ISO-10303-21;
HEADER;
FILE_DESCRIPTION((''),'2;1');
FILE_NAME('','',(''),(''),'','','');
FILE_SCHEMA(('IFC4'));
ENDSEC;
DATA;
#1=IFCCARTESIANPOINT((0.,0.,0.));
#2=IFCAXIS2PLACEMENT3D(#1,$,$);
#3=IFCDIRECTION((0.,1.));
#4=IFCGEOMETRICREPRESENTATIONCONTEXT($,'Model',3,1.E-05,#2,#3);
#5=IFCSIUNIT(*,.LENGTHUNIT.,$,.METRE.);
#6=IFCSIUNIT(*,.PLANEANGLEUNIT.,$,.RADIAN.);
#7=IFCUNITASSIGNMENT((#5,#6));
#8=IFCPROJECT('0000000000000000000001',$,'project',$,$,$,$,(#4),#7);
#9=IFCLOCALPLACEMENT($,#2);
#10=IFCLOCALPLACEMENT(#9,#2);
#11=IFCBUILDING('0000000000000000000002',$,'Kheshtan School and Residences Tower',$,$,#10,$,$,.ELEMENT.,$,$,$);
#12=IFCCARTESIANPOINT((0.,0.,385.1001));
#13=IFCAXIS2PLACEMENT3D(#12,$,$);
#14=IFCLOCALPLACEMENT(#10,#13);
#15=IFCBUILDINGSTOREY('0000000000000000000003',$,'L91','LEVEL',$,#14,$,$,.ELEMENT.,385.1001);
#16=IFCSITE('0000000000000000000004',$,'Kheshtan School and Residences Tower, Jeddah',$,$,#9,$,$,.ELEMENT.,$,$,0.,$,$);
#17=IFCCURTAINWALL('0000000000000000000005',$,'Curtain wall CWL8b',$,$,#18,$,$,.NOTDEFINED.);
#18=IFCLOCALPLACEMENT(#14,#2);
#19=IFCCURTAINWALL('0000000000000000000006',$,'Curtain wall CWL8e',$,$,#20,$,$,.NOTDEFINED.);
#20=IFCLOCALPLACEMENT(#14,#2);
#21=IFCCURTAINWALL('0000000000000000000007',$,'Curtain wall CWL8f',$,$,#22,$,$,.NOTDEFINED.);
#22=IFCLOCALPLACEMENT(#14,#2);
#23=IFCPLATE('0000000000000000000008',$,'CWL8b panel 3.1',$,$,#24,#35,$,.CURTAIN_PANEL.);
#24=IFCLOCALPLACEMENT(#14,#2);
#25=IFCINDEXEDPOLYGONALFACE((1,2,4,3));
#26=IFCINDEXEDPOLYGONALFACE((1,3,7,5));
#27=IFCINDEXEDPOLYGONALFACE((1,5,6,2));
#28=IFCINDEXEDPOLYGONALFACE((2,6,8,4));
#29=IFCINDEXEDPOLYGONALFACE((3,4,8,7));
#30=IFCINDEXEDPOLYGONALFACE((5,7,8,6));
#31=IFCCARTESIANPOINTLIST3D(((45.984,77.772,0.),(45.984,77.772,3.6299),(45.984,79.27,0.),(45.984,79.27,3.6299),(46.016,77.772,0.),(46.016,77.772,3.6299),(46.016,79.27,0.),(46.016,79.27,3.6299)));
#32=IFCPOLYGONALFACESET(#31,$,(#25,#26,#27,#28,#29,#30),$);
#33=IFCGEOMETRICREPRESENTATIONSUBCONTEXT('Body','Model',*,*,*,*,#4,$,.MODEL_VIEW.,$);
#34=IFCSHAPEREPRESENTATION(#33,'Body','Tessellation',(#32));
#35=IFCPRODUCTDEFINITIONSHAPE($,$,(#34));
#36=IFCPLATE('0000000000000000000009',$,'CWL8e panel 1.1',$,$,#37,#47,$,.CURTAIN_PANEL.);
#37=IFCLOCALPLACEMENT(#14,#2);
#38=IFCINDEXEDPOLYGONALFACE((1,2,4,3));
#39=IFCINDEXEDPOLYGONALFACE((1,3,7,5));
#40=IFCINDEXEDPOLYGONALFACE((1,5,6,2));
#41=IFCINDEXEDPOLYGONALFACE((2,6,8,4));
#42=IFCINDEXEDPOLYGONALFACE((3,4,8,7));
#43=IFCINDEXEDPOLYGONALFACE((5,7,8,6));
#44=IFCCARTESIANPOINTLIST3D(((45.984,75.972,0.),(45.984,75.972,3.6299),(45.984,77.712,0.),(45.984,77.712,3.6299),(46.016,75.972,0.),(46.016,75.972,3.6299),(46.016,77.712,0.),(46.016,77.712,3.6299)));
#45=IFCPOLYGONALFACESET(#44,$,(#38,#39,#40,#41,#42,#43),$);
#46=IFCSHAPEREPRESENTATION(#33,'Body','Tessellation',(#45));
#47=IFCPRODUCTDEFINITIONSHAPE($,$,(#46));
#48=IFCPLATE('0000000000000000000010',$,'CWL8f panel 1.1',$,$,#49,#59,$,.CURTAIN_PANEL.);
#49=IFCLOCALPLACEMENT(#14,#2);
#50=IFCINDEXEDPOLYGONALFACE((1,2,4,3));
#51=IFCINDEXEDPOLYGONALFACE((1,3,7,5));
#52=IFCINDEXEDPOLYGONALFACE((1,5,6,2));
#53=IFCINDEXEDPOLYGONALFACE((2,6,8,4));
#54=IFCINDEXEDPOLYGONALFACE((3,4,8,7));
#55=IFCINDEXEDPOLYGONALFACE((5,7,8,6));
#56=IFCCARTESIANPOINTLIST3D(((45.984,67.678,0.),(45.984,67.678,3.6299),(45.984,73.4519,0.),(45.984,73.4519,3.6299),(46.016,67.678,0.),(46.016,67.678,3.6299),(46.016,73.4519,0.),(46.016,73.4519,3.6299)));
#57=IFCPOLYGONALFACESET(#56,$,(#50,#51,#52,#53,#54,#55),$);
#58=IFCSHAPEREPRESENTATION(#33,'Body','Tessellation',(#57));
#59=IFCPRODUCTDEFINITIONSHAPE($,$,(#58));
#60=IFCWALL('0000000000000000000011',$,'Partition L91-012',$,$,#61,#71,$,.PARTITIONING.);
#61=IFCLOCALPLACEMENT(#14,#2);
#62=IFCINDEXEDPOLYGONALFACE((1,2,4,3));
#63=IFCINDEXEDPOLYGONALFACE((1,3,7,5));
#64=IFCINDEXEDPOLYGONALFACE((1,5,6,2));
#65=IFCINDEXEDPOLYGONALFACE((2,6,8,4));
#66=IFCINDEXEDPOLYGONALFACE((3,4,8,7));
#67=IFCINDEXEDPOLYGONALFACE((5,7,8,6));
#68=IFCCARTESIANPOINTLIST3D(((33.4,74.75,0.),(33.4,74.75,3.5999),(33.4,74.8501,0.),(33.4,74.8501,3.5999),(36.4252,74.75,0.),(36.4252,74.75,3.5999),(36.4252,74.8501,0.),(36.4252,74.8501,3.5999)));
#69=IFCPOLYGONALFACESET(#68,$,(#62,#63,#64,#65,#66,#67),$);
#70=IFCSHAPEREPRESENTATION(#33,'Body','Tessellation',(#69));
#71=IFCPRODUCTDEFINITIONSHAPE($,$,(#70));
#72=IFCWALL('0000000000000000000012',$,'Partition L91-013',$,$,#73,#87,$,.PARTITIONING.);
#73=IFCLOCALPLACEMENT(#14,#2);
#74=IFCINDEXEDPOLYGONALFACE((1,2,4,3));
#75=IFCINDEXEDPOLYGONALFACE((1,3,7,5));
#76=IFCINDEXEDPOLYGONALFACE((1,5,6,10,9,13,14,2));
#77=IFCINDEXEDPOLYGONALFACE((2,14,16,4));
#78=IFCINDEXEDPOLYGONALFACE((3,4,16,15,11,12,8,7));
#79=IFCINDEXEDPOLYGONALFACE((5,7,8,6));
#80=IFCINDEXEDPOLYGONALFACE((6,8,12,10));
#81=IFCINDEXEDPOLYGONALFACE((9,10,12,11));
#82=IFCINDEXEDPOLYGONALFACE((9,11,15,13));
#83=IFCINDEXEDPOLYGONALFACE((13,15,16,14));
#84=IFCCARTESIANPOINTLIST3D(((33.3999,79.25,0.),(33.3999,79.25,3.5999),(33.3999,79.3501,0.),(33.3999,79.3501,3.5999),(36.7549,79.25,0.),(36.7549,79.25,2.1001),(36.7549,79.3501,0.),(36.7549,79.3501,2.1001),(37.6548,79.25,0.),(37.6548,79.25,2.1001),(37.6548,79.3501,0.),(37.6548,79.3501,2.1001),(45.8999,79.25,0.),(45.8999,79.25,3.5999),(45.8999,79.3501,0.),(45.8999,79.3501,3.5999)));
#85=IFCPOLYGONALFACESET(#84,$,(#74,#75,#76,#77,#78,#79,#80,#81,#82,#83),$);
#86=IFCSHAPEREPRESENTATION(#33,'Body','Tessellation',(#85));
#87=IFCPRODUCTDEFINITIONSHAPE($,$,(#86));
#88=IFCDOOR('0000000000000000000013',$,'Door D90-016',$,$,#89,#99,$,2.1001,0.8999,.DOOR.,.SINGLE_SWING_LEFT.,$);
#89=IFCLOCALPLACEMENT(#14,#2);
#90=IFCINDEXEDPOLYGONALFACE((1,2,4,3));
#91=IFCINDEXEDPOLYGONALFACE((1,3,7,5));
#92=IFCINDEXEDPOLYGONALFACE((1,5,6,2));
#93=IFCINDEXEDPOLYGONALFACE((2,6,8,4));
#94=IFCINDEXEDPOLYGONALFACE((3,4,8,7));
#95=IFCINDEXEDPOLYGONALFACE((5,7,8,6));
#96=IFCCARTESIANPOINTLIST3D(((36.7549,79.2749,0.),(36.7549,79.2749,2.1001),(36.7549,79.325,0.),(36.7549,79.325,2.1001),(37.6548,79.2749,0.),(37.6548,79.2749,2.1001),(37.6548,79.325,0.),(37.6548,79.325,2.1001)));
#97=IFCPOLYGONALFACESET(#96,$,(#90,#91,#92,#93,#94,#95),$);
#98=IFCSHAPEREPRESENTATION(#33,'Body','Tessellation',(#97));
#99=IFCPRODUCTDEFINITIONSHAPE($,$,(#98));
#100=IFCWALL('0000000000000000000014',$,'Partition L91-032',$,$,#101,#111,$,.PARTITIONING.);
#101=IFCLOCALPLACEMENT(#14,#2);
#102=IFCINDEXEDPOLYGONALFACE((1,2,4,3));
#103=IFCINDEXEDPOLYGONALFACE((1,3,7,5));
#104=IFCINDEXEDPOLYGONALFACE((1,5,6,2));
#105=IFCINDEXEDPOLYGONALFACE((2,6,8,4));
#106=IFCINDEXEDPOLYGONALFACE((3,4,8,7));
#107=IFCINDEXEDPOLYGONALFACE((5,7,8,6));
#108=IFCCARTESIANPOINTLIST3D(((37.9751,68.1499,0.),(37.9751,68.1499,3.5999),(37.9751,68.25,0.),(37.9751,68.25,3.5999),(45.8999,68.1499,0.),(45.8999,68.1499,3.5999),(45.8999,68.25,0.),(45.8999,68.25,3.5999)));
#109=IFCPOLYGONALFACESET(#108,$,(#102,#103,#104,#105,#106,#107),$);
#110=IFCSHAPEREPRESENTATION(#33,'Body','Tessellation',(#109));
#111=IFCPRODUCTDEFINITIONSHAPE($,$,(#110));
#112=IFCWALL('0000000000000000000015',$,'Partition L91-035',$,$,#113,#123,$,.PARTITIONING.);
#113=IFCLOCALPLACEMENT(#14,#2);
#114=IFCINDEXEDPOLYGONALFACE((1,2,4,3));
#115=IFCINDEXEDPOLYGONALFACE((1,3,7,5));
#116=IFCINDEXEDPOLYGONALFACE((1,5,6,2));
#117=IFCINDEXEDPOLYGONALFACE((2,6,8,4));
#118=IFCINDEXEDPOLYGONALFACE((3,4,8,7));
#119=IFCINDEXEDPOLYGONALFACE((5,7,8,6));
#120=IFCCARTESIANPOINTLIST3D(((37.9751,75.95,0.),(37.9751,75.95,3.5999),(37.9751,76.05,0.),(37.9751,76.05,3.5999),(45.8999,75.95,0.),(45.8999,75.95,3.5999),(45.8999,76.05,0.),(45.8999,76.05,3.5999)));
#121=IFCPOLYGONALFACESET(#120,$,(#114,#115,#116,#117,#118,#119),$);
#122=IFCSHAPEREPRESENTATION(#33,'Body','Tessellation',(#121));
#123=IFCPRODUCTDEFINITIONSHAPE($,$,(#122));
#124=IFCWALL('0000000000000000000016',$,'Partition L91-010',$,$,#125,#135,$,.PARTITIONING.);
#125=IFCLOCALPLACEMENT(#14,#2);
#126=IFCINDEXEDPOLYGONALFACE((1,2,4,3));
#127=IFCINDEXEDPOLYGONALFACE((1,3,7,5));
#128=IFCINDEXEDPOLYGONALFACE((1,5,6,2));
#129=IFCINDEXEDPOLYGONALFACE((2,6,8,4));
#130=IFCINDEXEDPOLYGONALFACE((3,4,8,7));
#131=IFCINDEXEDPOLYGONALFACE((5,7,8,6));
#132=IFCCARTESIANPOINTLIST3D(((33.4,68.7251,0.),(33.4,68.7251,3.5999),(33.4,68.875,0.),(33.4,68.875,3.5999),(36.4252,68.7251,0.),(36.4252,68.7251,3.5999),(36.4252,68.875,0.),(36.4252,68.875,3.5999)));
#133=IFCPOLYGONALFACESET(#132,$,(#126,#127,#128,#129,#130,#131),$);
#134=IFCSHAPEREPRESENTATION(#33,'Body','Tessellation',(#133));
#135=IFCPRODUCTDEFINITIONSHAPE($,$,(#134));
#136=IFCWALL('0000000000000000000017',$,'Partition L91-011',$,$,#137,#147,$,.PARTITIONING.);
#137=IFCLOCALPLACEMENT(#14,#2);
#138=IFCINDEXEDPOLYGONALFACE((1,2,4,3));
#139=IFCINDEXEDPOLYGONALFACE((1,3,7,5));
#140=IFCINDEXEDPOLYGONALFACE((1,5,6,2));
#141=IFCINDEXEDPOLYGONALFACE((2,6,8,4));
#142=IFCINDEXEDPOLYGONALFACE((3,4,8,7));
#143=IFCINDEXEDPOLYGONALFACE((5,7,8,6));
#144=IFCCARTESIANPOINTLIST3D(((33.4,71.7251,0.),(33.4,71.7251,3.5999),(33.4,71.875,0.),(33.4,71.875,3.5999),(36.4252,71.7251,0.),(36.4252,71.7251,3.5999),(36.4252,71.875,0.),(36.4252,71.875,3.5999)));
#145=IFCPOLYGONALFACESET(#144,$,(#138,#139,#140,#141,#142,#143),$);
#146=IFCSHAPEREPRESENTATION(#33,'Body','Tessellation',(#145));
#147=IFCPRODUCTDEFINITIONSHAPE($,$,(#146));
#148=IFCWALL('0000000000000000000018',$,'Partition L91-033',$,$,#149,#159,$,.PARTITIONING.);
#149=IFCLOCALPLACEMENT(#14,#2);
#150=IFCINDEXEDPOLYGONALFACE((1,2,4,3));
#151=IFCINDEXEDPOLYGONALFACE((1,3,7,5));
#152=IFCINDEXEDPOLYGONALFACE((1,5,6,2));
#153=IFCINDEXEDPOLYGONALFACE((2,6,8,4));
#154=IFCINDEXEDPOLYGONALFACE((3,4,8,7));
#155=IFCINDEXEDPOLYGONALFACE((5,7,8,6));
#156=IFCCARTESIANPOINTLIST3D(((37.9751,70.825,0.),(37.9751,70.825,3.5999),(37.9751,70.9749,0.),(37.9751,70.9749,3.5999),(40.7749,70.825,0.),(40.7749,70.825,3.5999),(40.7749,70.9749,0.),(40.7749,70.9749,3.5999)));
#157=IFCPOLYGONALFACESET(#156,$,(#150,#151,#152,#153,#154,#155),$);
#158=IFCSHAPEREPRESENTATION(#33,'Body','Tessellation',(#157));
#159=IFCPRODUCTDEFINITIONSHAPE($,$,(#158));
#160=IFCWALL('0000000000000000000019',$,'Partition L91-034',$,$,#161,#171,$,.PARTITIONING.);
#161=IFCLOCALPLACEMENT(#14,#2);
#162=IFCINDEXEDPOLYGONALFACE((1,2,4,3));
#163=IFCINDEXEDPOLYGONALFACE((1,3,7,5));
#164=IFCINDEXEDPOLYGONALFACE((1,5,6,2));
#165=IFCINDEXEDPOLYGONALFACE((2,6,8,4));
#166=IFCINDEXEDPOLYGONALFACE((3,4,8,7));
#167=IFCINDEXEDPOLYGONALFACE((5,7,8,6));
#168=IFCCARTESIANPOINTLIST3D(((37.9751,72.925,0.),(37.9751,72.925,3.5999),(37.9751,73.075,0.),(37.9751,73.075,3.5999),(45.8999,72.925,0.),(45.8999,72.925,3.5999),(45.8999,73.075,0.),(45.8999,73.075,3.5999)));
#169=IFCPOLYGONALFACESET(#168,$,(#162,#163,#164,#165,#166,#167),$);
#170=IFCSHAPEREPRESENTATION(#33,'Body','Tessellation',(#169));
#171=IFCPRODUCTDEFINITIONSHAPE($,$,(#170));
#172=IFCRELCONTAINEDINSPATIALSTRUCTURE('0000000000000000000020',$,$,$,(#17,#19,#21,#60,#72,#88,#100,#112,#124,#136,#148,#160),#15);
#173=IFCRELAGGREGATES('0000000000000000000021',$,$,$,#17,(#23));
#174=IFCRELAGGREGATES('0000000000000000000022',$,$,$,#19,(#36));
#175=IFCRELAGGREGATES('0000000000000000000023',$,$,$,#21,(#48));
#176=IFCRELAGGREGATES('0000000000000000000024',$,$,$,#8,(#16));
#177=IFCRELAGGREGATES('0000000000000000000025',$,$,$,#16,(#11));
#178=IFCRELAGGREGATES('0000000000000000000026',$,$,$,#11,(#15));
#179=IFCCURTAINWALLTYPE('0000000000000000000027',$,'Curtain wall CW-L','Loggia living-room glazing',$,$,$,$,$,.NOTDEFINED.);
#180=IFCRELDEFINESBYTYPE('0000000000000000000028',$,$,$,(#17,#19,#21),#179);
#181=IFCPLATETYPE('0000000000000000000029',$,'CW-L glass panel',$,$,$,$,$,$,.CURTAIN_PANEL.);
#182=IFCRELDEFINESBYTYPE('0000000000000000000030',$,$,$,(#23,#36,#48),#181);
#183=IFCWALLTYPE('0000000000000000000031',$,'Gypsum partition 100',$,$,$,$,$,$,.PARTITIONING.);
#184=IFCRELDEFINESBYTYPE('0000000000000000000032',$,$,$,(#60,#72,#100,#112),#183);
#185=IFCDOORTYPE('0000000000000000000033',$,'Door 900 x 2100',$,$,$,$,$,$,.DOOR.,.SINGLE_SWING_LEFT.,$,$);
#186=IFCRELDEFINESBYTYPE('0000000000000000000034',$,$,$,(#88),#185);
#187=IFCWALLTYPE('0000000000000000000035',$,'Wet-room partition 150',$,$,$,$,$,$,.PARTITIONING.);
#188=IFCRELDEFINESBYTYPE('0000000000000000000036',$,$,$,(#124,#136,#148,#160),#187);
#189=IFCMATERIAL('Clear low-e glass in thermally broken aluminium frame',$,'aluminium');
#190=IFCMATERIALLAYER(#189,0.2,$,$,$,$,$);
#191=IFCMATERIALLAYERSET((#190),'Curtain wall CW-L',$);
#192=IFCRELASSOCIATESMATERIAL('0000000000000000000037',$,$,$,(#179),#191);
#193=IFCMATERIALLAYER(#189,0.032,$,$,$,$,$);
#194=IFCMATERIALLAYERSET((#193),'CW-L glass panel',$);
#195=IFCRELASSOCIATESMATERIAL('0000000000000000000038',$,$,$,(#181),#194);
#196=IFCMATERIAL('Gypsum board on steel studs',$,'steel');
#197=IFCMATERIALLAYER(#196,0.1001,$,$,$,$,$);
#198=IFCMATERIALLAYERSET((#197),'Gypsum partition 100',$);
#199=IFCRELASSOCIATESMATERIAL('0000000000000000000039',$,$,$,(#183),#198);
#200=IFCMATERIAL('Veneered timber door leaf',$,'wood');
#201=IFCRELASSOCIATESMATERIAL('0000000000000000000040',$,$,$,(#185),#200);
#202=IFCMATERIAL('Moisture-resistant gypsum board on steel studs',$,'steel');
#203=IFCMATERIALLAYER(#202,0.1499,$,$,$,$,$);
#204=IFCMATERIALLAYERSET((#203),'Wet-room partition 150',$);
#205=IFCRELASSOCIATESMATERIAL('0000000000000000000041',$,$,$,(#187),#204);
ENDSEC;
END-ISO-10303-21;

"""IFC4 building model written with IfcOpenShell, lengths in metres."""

from ifc_helpers import new_model, si_unit, direction, frame, frame_2d, origin, origin_2d, place, context, subcontext, project, spatial, rectangle, extrude, source, transform, mapped, material, layer, layer_set, type_object, element, fill, aggregate, save


model = new_model("IFC4")

# Units and contexts
model_context = context("Model", 3, precision=1e-05, world=origin(), true_north=direction((0.0, 1.0)))
body_context = subcontext(model_context, "Body", "Model", "MODEL_VIEW")
ifc_project = project(units=[si_unit("LENGTHUNIT", "METRE"), si_unit("PLANEANGLEUNIT", "RADIAN")], contexts=[model_context])

# Site, building, storey
site_placement = place(None, origin())
site = spatial("IfcSite", under=ifc_project, at=site_placement, Name="Kheshtan School and Residences Tower, Jeddah", CompositionType="ELEMENT", RefElevation=0.0)
building_placement = place(site_placement, origin())
building = spatial("IfcBuilding", under=site, at=building_placement, Name="Kheshtan School and Residences Tower", CompositionType="ELEMENT")
storey_placement = place(building_placement, frame((0.0, 0.0, 385.1001)))
storey = spatial("IfcBuildingStorey", under=building, at=storey_placement, Name="L91", Description="LEVEL", CompositionType="ELEMENT", Elevation=385.1001)

# Curtain wall
ifc_material_1 = material(Name="Clear low-e glass in thermally broken aluminium frame", Category="aluminium")
ifc_layer_1 = layer(ifc_material_1, 0.2)
ifc_layer_set_1 = layer_set([ifc_layer_1], Name="Curtain wall CW-L")
curtain_wall_type = type_object("IfcCurtainWallType", Name="Curtain wall CW-L", Description="Loggia living-room glazing", PredefinedType="NOTDEFINED", material=ifc_layer_set_1)
curtain_wall_1_placement = place(storey_placement, origin())
curtain_wall_1 = element("IfcCurtainWall", 1, at=curtain_wall_1_placement, inside=storey, type_object=curtain_wall_type, Name="Curtain wall CWL8b", PredefinedType="NOTDEFINED")

# Curtain wall
curtain_wall_2_placement = place(storey_placement, origin())
curtain_wall_2 = element("IfcCurtainWall", 2, at=curtain_wall_2_placement, inside=storey, type_object=curtain_wall_type, Name="Curtain wall CWL8e", PredefinedType="NOTDEFINED")

# Curtain wall
curtain_wall_3_placement = place(storey_placement, origin())
curtain_wall_3 = element("IfcCurtainWall", 3, at=curtain_wall_3_placement, inside=storey, type_object=curtain_wall_type, Name="Curtain wall CWL8f", PredefinedType="NOTDEFINED")

# Plates
ifc_layer_2 = layer(ifc_material_1, 0.032)
ifc_layer_set_2 = layer_set([ifc_layer_2], Name="CW-L glass panel")
plate_type = type_object("IfcPlateType", Name="CW-L glass panel", PredefinedType="CURTAIN_PANEL", material=ifc_layer_set_2)
plate_1_placement = place(storey_placement, frame((46.0, 78.521, 0.0), z_axis=(0.0, 0.0, 1.0), x_axis=(0.0, -1.0, 0.0)))
plate_1 = element("IfcPlate", 4, at=plate_1_placement, type_object=plate_type, Name="CWL8b panel 3.1", PredefinedType="CURTAIN_PANEL", context=body_context, shape_type="SweptSolid", body=[
    extrude(rectangle(XDim=1.498, YDim=0.032, at=origin_2d()), origin(), (0.0, 0.0, 1.0), 3.6299),
])
aggregate(curtain_wall_1, [plate_1])
plate_2_placement = place(storey_placement, frame((46.0, 76.842, 0.0), z_axis=(0.0, 0.0, 1.0), x_axis=(0.0, -1.0, 0.0)))
plate_2 = element("IfcPlate", 5, at=plate_2_placement, type_object=plate_type, Name="CWL8e panel 1.1", PredefinedType="CURTAIN_PANEL", context=body_context, shape_type="SweptSolid", body=[
    extrude(rectangle(XDim=1.74, YDim=0.032, at=origin_2d()), origin(), (0.0, 0.0, 1.0), 3.6299),
])
aggregate(curtain_wall_2, [plate_2])
plate_3_placement = place(storey_placement, frame((46.0, 70.5649, 0.0), z_axis=(0.0, 0.0, 1.0), x_axis=(0.0, -1.0, 0.0)))
plate_3 = element("IfcPlate", 6, at=plate_3_placement, type_object=plate_type, Name="CWL8f panel 1.1", PredefinedType="CURTAIN_PANEL", context=body_context, shape_type="SweptSolid", body=[
    extrude(rectangle(XDim=5.7739, YDim=0.032, at=origin_2d()), origin(), (0.0, 0.0, 1.0), 3.6299),
])
aggregate(curtain_wall_3, [plate_3])

# Wall
ifc_material_2 = material(Name="Gypsum board on steel studs", Category="steel")
ifc_layer_3 = layer(ifc_material_2, 0.1001)
ifc_layer_set_3 = layer_set([ifc_layer_3], Name="Gypsum partition 100")
wall_type_1 = type_object("IfcWallType", Name="Gypsum partition 100", PredefinedType="PARTITIONING", material=ifc_layer_set_3)
wall_1_placement = place(storey_placement, frame((33.3999, 74.8, 0.0), z_axis=(0.0, 0.0, 1.0), x_axis=(1.0, 0.0, 0.0)))
element("IfcWall", 7, at=wall_1_placement, inside=storey, type_object=wall_type_1, Name="Partition L91-012", PredefinedType="PARTITIONING", context=body_context, shape_type="SweptSolid", body=[
    extrude(rectangle(XDim=3.0251, YDim=0.1001, at=frame_2d((1.5127, 0.0))), origin(), (0.0, 0.0, 1.0), 3.5999),
])

# Wall, opening, door
wall_2_placement = place(storey_placement, frame((33.3999, 79.3, 0.0), z_axis=(0.0, 0.0, 1.0), x_axis=(1.0, 0.0, 0.0)))
wall_2 = element("IfcWall", 8, at=wall_2_placement, inside=storey, type_object=wall_type_1, Name="Partition L91-013", PredefinedType="PARTITIONING", context=body_context, shape_type="SweptSolid", body=[
    extrude(rectangle(XDim=12.5, YDim=0.1001, at=frame_2d((6.25, 0.0))), origin(), (0.0, 0.0, 1.0), 3.5999),
])
opening_1_placement = place(wall_2_placement, frame((3.355, 0.0, 0.0)))
opening_1 = element("IfcOpeningElement", 9, at=opening_1_placement, cuts=wall_2, PredefinedType="OPENING", context=body_context, shape_type="SweptSolid", body=[
    extrude(rectangle(XDim=0.8999, YDim=2.1001, at=frame_2d((0.45, 1.05))), frame((0.0, 0.0601, 0.0), z_axis=(0.0, -1.0, 0.0), x_axis=(1.0, 0.0, 0.0)), (0.0, 0.0, 1.0), 0.1201),
])
ifc_material_3 = material(Name="Veneered timber door leaf", Category="wood")
door_type_1 = type_object("IfcDoorType", Name="Door 900 x 2100", OperationType="SINGLE_SWING_LEFT", PredefinedType="DOOR", material=ifc_material_3)
shared_shape_1 = source(origin(), body_context, "Body", "SweptSolid", [
    extrude(rectangle(XDim=0.8999, YDim=2.1001, at=frame_2d((0.45, 1.05))), frame((0.0, 0.0249, 0.0), z_axis=(0.0, -1.0, 0.0), x_axis=(1.0, 0.0, 0.0)), (0.0, 0.0, 1.0), 0.05),
])
door_1_placement = place(opening_1_placement, origin())
door_1 = element("IfcDoor", 10, at=door_1_placement, inside=storey, type_object=door_type_1, Name="Door D90-016", OperationType="SINGLE_SWING_LEFT", OverallHeight=2.1001, OverallWidth=0.8999, PredefinedType="DOOR", context=body_context, shape_type="MappedRepresentation", body=[
    mapped(shared_shape_1, transform((0.0, 0.0, 0.0), x_axis=(1.0, 0.0, 0.0), y_axis=(0.0, 1.0, 0.0), z_axis=(0.0, 0.0, 1.0), scale=1.0)),
])
fill(opening_1, door_1)

# Walls
for number, where, z_axis, x_axis, name in (
    (11, (37.9751, 68.2, 0.0), (0.0, 0.0, 1.0), (1.0, 0.0, 0.0), "Partition L91-032"),
    (12, (37.9751, 76.0, 0.0), (0.0, 0.0, 1.0), (1.0, 0.0, 0.0), "Partition L91-035"),
):
    element("IfcWall", number, at=place(storey_placement, frame(where, z_axis=z_axis, x_axis=x_axis)), inside=storey, type_object=wall_type_1, Name=name, PredefinedType="PARTITIONING", context=body_context, shape_type="SweptSolid", body=[
        extrude(rectangle(XDim=7.9248, YDim=0.1001, at=frame_2d((3.9624, 0.0))), origin(), (0.0, 0.0, 1.0), 3.5999),
    ])
ifc_material_4 = material(Name="Moisture-resistant gypsum board on steel studs", Category="steel")
ifc_layer_4 = layer(ifc_material_4, 0.1499)
ifc_layer_set_4 = layer_set([ifc_layer_4], Name="Wet-room partition 150")
wall_type_2 = type_object("IfcWallType", Name="Wet-room partition 150", PredefinedType="PARTITIONING", material=ifc_layer_set_4)
for number, where, z_axis, x_axis, name in (
    (13, (33.3999, 68.8, 0.0), (0.0, 0.0, 1.0), (1.0, 0.0, 0.0), "Partition L91-010"),
    (14, (33.3999, 71.8, 0.0), (0.0, 0.0, 1.0), (1.0, 0.0, 0.0), "Partition L91-011"),
):
    element("IfcWall", number, at=place(storey_placement, frame(where, z_axis=z_axis, x_axis=x_axis)), inside=storey, type_object=wall_type_2, Name=name, PredefinedType="PARTITIONING", context=body_context, shape_type="SweptSolid", body=[
        extrude(rectangle(XDim=3.0251, YDim=0.1499, at=frame_2d((1.5127, 0.0))), origin(), (0.0, 0.0, 1.0), 3.5999),
    ])
wall_3_placement = place(storey_placement, frame((37.9751, 70.8999, 0.0), z_axis=(0.0, 0.0, 1.0), x_axis=(1.0, 0.0, 0.0)))
element("IfcWall", 15, at=wall_3_placement, inside=storey, type_object=wall_type_2, Name="Partition L91-033", PredefinedType="PARTITIONING", context=body_context, shape_type="SweptSolid", body=[
    extrude(rectangle(XDim=2.7998, YDim=0.1499, at=frame_2d((1.3999, 0.0))), origin(), (0.0, 0.0, 1.0), 3.5999),
])
wall_4_placement = place(storey_placement, frame((37.9751, 73.0, 0.0), z_axis=(0.0, 0.0, 1.0), x_axis=(1.0, 0.0, 0.0)))
element("IfcWall", 16, at=wall_4_placement, inside=storey, type_object=wall_type_2, Name="Partition L91-034", PredefinedType="PARTITIONING", context=body_context, shape_type="SweptSolid", body=[
    extrude(rectangle(XDim=7.9248, YDim=0.1499, at=frame_2d((3.9624, 0.0))), origin(), (0.0, 0.0, 1.0), 3.5999),
])

save(model, "model.ifc")
